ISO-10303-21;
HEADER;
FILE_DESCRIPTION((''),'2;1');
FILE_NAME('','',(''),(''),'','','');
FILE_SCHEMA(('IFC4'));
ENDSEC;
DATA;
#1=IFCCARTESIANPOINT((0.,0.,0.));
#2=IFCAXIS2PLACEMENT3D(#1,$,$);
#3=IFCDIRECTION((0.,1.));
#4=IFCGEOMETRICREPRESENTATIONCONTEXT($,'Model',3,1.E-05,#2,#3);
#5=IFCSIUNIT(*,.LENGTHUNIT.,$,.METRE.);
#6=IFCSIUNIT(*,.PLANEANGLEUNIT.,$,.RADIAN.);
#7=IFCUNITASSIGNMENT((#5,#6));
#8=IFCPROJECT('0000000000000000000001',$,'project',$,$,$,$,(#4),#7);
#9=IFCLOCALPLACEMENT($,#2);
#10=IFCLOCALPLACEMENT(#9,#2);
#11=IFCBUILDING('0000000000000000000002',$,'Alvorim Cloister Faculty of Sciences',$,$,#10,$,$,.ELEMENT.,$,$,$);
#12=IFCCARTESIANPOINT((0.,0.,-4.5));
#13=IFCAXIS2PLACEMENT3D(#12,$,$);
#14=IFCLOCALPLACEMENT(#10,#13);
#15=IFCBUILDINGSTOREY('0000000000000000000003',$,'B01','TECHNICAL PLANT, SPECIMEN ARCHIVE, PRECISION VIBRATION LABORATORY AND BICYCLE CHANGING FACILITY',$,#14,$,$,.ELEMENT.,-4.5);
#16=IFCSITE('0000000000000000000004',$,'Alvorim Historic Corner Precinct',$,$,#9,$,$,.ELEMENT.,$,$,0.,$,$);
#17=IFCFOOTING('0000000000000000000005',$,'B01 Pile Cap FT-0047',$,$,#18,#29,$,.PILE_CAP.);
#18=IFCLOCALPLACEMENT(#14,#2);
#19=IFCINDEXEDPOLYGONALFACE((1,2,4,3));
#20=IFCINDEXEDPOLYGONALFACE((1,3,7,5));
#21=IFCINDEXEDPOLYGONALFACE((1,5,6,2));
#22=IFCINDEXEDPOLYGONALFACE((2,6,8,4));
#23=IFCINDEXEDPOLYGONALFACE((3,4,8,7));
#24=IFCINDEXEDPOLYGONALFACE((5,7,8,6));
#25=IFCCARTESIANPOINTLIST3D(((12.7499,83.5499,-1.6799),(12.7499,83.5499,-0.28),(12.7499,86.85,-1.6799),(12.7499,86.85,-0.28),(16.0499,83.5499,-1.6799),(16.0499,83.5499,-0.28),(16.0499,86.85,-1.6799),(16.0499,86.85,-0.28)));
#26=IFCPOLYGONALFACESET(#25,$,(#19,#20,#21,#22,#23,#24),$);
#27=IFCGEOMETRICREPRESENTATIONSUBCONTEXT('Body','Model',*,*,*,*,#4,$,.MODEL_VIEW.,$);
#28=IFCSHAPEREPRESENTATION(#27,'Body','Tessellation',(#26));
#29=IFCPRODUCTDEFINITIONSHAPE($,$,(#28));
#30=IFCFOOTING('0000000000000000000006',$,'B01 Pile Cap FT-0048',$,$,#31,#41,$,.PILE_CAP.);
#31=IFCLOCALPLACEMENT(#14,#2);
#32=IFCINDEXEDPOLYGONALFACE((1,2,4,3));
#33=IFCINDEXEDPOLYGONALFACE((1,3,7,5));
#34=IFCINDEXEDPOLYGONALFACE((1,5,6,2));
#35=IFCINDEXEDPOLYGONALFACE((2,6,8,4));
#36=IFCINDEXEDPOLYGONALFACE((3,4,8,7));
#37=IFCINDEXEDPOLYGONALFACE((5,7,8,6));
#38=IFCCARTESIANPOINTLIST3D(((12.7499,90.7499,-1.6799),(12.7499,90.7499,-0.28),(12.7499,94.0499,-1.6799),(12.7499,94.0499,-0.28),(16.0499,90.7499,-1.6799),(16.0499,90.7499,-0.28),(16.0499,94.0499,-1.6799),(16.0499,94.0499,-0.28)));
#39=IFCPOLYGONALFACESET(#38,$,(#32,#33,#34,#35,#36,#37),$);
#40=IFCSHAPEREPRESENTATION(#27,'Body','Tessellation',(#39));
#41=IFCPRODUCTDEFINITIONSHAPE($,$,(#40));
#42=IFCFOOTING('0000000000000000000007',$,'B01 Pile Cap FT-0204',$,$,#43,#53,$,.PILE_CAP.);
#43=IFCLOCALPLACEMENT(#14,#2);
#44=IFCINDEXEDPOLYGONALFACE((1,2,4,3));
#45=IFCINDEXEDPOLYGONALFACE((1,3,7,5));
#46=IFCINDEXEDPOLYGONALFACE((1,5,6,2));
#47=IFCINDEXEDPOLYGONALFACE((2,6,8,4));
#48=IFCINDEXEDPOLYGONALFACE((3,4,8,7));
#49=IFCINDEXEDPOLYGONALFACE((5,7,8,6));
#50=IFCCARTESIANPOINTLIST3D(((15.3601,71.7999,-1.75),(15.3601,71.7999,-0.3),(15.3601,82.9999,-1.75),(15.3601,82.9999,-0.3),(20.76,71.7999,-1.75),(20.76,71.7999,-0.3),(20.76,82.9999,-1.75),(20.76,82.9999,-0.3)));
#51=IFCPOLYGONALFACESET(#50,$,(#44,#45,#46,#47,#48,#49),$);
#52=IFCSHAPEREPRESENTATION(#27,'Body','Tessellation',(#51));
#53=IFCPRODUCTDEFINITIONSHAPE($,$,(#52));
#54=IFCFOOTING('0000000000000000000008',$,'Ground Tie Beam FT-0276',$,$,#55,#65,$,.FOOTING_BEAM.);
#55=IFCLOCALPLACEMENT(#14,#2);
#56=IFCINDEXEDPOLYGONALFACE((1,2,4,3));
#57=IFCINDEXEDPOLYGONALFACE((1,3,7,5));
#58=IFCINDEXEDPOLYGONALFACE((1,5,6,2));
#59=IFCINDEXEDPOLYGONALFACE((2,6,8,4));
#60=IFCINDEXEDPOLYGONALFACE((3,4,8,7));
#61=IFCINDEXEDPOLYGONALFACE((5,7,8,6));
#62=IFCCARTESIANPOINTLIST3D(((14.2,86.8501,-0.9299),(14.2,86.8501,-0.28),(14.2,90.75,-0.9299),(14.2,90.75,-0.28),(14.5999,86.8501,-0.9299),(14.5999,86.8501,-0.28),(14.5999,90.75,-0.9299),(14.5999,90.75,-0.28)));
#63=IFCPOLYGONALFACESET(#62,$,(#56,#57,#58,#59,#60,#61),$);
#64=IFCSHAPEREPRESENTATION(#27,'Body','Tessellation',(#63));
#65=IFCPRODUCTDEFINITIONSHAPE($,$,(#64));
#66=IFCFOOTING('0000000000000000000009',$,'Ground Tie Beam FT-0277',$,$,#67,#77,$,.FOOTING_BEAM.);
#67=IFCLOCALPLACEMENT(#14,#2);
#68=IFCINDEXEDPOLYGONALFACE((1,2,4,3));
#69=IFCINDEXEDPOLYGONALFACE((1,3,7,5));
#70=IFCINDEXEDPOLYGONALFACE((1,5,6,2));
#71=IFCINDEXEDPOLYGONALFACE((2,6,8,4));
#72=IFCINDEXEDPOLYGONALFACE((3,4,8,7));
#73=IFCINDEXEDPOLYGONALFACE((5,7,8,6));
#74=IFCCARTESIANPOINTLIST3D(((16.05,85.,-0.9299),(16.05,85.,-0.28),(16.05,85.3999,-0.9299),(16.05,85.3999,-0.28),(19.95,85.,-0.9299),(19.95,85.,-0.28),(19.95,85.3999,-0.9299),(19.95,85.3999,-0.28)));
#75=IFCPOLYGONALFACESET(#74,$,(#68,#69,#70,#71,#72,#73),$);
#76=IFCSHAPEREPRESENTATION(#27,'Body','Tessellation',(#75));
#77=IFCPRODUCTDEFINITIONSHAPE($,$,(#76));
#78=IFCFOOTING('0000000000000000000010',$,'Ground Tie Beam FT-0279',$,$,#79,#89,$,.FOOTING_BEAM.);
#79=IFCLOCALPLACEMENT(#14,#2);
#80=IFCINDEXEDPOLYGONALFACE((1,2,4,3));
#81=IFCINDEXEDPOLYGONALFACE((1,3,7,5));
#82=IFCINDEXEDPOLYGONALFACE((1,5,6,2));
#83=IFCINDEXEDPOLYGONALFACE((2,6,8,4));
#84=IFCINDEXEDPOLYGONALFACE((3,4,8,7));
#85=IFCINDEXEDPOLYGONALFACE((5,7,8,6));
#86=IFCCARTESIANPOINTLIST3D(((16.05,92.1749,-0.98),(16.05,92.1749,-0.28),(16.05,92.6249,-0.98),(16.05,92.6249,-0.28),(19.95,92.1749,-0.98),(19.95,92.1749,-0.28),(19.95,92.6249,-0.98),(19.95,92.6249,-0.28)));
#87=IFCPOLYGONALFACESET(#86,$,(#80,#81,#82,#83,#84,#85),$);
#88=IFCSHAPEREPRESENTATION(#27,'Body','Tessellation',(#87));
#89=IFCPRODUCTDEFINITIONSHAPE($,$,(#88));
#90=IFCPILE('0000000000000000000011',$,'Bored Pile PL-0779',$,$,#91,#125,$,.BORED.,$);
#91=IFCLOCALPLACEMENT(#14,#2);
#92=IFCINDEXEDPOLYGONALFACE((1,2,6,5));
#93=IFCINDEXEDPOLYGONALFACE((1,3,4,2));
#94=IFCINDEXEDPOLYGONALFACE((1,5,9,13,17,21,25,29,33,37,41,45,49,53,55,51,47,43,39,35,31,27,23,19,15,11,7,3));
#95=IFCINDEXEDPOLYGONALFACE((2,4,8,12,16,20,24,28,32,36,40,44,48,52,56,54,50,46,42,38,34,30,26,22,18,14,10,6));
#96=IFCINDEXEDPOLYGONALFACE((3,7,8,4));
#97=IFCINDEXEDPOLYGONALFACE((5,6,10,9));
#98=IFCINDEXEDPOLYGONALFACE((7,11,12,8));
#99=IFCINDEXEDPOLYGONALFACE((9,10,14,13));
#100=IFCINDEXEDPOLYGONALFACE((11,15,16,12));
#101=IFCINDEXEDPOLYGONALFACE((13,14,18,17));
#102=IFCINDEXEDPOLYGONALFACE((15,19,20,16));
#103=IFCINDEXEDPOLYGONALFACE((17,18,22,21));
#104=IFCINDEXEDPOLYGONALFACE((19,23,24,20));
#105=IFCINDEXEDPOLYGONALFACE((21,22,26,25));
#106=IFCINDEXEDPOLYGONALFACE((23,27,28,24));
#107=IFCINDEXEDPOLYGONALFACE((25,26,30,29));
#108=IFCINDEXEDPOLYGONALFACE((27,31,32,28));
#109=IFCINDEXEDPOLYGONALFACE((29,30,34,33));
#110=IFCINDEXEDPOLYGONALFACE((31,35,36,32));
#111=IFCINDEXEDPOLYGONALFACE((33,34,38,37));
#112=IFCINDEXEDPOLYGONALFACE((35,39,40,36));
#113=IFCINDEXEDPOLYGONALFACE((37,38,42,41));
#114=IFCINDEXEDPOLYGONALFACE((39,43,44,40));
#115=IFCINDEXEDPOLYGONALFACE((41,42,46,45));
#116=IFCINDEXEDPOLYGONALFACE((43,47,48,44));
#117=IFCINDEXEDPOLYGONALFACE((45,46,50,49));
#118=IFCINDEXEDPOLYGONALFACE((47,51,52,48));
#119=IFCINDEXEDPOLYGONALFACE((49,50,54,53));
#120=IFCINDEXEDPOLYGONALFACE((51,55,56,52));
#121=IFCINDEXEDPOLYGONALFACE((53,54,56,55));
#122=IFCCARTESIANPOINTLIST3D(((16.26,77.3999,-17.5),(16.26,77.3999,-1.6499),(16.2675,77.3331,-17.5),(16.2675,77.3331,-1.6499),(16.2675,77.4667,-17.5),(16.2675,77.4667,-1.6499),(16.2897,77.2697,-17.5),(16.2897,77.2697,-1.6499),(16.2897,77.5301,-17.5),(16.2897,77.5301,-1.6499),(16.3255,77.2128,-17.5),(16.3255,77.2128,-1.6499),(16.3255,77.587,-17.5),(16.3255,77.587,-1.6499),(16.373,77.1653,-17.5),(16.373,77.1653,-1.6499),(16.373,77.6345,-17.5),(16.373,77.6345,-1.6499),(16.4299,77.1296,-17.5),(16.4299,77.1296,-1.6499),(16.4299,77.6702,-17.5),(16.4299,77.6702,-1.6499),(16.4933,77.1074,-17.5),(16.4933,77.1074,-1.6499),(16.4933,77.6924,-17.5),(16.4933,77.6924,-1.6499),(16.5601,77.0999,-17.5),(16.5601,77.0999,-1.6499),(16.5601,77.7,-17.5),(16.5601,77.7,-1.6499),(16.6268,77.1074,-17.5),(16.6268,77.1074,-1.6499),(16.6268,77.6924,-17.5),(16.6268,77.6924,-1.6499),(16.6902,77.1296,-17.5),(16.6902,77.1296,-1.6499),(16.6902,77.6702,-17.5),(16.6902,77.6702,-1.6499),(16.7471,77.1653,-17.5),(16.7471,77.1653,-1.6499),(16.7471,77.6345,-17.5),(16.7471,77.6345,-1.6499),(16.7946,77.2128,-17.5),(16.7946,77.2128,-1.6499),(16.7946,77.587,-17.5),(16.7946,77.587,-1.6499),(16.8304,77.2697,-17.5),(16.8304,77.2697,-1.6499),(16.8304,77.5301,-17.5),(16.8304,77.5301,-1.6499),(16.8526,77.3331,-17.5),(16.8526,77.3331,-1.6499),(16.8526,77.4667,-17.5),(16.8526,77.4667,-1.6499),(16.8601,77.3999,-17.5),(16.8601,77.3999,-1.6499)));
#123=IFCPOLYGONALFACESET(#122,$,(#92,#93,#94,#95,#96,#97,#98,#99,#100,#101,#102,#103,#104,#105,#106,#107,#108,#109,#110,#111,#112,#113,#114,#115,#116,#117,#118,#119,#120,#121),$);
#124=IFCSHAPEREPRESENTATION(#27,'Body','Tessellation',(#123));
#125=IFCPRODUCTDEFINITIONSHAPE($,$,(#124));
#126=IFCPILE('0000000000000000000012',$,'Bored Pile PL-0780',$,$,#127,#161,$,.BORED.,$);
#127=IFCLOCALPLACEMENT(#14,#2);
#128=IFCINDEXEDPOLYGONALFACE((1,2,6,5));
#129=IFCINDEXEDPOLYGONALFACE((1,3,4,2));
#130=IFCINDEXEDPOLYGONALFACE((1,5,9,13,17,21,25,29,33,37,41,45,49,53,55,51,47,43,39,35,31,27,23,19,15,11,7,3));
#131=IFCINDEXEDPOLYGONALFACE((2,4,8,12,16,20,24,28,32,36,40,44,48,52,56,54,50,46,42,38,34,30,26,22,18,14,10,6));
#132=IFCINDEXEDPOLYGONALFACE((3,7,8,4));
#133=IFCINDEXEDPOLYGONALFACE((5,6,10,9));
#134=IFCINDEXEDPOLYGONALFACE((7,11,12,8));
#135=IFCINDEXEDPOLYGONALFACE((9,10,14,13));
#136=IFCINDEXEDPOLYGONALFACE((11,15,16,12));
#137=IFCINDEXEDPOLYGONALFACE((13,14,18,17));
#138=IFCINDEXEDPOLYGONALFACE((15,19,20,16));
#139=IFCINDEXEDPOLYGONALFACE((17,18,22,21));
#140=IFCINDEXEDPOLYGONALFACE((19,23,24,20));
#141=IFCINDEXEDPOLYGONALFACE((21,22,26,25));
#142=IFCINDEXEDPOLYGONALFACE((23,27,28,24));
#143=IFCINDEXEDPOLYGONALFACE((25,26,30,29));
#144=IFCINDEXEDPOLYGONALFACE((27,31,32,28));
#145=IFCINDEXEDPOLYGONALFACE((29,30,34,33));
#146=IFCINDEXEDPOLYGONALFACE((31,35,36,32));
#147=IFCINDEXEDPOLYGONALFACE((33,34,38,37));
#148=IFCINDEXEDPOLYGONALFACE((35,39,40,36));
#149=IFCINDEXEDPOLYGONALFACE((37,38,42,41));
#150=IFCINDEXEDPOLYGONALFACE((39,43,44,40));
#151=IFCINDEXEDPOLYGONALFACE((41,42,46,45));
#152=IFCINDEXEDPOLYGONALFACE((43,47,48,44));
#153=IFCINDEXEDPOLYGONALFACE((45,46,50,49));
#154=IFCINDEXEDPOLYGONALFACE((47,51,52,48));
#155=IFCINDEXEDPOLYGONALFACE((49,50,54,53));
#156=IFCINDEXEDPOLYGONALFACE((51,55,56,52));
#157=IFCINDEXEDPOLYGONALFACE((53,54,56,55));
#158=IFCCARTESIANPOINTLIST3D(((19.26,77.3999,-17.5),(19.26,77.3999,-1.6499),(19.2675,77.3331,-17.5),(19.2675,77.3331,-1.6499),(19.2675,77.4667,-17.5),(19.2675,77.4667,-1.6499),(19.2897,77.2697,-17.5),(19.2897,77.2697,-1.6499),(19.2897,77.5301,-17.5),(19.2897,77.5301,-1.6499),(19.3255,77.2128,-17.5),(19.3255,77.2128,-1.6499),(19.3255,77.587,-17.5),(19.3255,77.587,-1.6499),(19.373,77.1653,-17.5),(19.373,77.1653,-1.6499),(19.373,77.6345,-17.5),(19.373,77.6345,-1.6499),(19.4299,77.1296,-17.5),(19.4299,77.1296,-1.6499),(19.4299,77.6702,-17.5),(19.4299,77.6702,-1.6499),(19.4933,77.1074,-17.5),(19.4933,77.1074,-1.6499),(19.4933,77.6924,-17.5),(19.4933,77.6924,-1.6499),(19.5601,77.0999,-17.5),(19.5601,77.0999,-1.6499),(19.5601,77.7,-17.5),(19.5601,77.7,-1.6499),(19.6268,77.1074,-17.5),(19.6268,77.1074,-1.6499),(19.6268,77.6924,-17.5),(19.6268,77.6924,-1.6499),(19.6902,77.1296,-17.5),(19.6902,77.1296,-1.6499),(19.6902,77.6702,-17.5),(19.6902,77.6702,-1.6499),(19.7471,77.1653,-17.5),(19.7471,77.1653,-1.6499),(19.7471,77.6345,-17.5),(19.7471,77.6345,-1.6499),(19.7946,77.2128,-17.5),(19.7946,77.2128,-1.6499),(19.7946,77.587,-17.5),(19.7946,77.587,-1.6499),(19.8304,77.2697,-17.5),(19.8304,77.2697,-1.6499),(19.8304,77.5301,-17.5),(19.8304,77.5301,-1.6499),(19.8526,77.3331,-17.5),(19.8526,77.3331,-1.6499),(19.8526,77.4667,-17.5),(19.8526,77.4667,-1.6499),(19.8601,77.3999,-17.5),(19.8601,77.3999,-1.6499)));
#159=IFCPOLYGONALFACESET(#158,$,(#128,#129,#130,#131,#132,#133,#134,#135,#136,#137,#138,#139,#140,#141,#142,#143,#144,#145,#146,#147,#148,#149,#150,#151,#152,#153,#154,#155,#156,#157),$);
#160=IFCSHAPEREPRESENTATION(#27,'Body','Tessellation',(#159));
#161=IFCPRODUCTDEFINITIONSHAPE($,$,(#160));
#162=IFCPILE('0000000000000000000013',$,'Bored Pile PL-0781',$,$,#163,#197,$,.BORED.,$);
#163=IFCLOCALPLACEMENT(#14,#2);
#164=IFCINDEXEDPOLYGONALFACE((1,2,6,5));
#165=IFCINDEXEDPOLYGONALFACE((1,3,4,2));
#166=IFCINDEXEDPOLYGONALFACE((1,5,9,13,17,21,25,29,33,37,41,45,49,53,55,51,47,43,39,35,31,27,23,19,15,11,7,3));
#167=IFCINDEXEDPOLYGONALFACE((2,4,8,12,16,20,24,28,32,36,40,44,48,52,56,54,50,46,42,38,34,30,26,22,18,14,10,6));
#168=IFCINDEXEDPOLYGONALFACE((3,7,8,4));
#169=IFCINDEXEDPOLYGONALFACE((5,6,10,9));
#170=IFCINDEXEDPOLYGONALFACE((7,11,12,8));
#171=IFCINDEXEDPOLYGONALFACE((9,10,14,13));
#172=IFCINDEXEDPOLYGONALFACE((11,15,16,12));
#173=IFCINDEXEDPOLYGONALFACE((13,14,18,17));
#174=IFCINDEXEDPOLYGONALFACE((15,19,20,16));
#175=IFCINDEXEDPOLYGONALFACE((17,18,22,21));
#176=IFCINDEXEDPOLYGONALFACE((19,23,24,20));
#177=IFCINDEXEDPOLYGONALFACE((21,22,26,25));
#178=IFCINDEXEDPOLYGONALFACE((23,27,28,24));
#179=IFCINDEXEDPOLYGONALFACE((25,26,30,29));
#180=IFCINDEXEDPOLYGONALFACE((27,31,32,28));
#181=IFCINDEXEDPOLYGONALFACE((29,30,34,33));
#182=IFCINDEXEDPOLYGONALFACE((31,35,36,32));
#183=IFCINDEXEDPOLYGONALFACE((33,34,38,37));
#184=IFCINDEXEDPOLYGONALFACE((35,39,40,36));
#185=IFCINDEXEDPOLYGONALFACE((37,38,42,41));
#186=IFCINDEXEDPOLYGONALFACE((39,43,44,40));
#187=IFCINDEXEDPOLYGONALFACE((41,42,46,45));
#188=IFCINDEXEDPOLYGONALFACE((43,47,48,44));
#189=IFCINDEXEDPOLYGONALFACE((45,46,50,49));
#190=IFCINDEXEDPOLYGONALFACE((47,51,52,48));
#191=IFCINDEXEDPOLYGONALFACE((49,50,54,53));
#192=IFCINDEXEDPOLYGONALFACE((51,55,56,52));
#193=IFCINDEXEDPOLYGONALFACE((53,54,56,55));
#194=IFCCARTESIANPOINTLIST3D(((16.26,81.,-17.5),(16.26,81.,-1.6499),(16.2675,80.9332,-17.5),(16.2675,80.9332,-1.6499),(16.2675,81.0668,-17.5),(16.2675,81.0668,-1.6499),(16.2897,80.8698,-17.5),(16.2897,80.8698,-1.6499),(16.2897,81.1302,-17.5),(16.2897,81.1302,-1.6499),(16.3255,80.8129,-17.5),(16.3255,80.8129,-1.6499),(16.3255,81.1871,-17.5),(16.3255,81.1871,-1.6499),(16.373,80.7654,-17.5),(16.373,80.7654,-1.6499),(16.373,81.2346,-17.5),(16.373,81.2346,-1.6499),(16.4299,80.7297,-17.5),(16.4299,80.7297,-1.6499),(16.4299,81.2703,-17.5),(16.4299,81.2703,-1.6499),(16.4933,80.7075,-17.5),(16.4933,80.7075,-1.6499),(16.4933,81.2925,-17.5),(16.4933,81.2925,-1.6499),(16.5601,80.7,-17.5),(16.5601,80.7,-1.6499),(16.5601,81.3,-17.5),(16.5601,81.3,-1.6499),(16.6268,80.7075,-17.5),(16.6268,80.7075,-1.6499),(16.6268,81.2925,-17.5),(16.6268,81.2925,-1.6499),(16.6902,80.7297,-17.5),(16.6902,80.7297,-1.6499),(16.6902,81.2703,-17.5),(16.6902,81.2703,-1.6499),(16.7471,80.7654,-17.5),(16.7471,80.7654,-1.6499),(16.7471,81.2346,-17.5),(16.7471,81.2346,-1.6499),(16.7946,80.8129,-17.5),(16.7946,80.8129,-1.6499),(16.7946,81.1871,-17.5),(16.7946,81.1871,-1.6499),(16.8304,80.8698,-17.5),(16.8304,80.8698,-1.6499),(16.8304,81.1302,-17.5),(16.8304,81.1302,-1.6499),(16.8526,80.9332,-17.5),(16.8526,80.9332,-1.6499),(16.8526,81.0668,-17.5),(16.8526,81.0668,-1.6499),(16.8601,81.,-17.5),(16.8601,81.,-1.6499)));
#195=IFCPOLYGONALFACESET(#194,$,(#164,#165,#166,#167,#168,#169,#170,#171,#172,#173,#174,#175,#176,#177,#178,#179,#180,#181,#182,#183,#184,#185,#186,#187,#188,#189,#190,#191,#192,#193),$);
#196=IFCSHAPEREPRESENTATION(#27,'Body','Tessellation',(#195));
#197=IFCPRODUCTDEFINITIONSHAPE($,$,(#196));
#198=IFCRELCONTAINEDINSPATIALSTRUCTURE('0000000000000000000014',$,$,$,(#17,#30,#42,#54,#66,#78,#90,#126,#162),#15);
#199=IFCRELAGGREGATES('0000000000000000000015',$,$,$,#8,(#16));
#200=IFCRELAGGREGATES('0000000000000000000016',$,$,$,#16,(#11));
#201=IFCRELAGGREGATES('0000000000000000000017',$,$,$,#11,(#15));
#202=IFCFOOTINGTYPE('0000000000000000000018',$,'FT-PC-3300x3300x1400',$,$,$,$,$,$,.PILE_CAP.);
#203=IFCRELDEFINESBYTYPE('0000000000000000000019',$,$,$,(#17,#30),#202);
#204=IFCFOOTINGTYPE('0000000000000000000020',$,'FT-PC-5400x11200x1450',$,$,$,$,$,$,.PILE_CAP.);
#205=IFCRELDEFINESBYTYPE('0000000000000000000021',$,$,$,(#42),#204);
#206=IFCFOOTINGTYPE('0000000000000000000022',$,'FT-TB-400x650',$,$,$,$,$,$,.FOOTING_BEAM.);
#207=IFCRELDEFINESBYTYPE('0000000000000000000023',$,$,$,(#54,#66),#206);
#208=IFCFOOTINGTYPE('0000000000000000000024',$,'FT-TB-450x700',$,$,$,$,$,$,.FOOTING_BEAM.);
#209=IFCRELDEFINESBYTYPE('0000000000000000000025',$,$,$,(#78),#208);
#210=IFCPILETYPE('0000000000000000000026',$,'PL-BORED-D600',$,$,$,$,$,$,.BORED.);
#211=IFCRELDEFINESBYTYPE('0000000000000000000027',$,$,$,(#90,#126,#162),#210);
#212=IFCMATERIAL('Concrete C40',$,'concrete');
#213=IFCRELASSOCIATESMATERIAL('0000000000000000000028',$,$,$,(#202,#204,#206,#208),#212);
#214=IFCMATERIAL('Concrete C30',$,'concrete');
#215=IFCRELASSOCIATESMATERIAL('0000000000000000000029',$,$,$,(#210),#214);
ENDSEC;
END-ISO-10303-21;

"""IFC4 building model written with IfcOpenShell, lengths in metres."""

from ifc_helpers import new_model, si_unit, direction, frame, origin, origin_2d, place, context, subcontext, project, spatial, rectangle, circle, extrude, material, material_profile, profile_set, type_object, element, save


model = new_model("IFC4")

# Units and contexts
model_context = context("Model", 3, precision=1e-05, world=origin(), true_north=direction((0.0, 1.0)))
body_context = subcontext(model_context, "Body", "Model", "MODEL_VIEW")
ifc_project = project(units=[si_unit("LENGTHUNIT", "METRE"), si_unit("PLANEANGLEUNIT", "RADIAN")], contexts=[model_context])

# Site, building, storey
site_placement = place(None, origin())
site = spatial("IfcSite", under=ifc_project, at=site_placement, Name="Alvorim Historic Corner Precinct", CompositionType="ELEMENT", RefElevation=0.0)
building_placement = place(site_placement, origin())
building = spatial("IfcBuilding", under=site, at=building_placement, Name="Alvorim Cloister Faculty of Sciences", CompositionType="ELEMENT")
storey_placement = place(building_placement, frame((0.0, 0.0, -4.5)))
storey = spatial("IfcBuildingStorey", under=building, at=storey_placement, Name="B01", Description="TECHNICAL PLANT, SPECIMEN ARCHIVE, PRECISION VIBRATION LABORATORY AND BICYCLE CHANGING FACILITY", CompositionType="ELEMENT", Elevation=-4.5)

# Footings
ifc_material_1 = material(Name="Concrete C40", Category="concrete")
footing_type_1 = type_object("IfcFootingType", Name="FT-PC-3300x3300x1400", PredefinedType="PILE_CAP", material=ifc_material_1)
for number, where, z_axis, x_axis, name in (
    (1, (14.3999, 85.2, -1.6799), (0.0, 0.0, 1.0), (1.0, 0.0, 0.0), "B01 Pile Cap FT-0047"),
    (2, (14.3999, 92.3999, -1.6799), (0.0, 0.0, 1.0), (1.0, 0.0, 0.0), "B01 Pile Cap FT-0048"),
):
    element("IfcFooting", number, at=place(storey_placement, frame(where, z_axis=z_axis, x_axis=x_axis)), inside=storey, type_object=footing_type_1, Name=name, PredefinedType="PILE_CAP", context=body_context, shape_type="SweptSolid", body=[
        extrude(rectangle(XDim=3.3, YDim=3.3, at=origin_2d()), origin(), (0.0, 0.0, 1.0), 1.3999),
    ])
footing_type_2 = type_object("IfcFootingType", Name="FT-PC-5400x11200x1450", PredefinedType="PILE_CAP", material=ifc_material_1)
footing_1_placement = place(storey_placement, frame((18.0601, 77.3999, -1.75), z_axis=(0.0, 0.0, 1.0), x_axis=(1.0, 0.0, 0.0)))
element("IfcFooting", 3, at=footing_1_placement, inside=storey, type_object=footing_type_2, Name="B01 Pile Cap FT-0204", PredefinedType="PILE_CAP", context=body_context, shape_type="SweptSolid", body=[
    extrude(rectangle(XDim=5.3999, YDim=11.2, at=origin_2d()), origin(), (0.0, 0.0, 1.0), 1.45),
])
footing_type_3 = type_object("IfcFootingType", Name="FT-TB-400x650", PredefinedType="FOOTING_BEAM", material=ifc_material_1)
footing_2_placement = place(storey_placement, frame((14.3999, 88.8, -0.9299), z_axis=(0.0, 0.0, 1.0), x_axis=(1.0, 0.0, 0.0)))
element("IfcFooting", 4, at=footing_2_placement, inside=storey, type_object=footing_type_3, Name="Ground Tie Beam FT-0276", PredefinedType="FOOTING_BEAM", context=body_context, shape_type="SweptSolid", body=[
    extrude(rectangle(XDim=0.3999, YDim=3.8999, at=origin_2d()), origin(), (0.0, 0.0, 1.0), 0.6499),
])
footing_3_placement = place(storey_placement, frame((18.0, 85.2, -0.9299), z_axis=(0.0, 0.0, 1.0), x_axis=(1.0, 0.0, 0.0)))
element("IfcFooting", 5, at=footing_3_placement, inside=storey, type_object=footing_type_3, Name="Ground Tie Beam FT-0277", PredefinedType="FOOTING_BEAM", context=body_context, shape_type="SweptSolid", body=[
    extrude(rectangle(XDim=3.8999, YDim=0.3999, at=origin_2d()), origin(), (0.0, 0.0, 1.0), 0.6499),
])
footing_type_4 = type_object("IfcFootingType", Name="FT-TB-450x700", PredefinedType="FOOTING_BEAM", material=ifc_material_1)
footing_4_placement = place(storey_placement, frame((18.0, 92.3999, -0.98), z_axis=(0.0, 0.0, 1.0), x_axis=(1.0, 0.0, 0.0)))
element("IfcFooting", 6, at=footing_4_placement, inside=storey, type_object=footing_type_4, Name="Ground Tie Beam FT-0279", PredefinedType="FOOTING_BEAM", context=body_context, shape_type="SweptSolid", body=[
    extrude(rectangle(XDim=3.8999, YDim=0.45, at=origin_2d()), origin(), (0.0, 0.0, 1.0), 0.7),
])

# Piles
ifc_material_2 = material(Name="Concrete C30", Category="concrete")
ifc_material_profile_1 = material_profile(ifc_material_2, circle(Radius=0.3, at=origin_2d()), Name="PILE-D600")
ifc_profile_set_1 = profile_set([ifc_material_profile_1], Name="Concrete C30")
pile_type_1 = type_object("IfcPileType", Name="PL-BORED-D600", PredefinedType="BORED", material=ifc_profile_set_1)
for number, where, z_axis, x_axis, name in (
    (7, (16.5601, 77.3999, -1.6499), (0.0, 0.0, -1.0), (1.0, 0.0, 0.0), "Bored Pile PL-0779"),
    (8, (19.5601, 77.3999, -1.6499), (0.0, 0.0, -1.0), (1.0, 0.0, 0.0), "Bored Pile PL-0780"),
    (9, (16.5601, 81.0, -1.6499), (0.0, 0.0, -1.0), (1.0, 0.0, 0.0), "Bored Pile PL-0781"),
):
    element("IfcPile", number, at=place(storey_placement, frame(where, z_axis=z_axis, x_axis=x_axis)), inside=storey, type_object=pile_type_1, Name=name, PredefinedType="BORED", context=body_context, shape_type="SweptSolid", body=[
        extrude(circle(Radius=0.3, at=origin_2d()), origin(), (0.0, 0.0, 1.0), 15.8501),
    ])

save(model, "model.ifc")
